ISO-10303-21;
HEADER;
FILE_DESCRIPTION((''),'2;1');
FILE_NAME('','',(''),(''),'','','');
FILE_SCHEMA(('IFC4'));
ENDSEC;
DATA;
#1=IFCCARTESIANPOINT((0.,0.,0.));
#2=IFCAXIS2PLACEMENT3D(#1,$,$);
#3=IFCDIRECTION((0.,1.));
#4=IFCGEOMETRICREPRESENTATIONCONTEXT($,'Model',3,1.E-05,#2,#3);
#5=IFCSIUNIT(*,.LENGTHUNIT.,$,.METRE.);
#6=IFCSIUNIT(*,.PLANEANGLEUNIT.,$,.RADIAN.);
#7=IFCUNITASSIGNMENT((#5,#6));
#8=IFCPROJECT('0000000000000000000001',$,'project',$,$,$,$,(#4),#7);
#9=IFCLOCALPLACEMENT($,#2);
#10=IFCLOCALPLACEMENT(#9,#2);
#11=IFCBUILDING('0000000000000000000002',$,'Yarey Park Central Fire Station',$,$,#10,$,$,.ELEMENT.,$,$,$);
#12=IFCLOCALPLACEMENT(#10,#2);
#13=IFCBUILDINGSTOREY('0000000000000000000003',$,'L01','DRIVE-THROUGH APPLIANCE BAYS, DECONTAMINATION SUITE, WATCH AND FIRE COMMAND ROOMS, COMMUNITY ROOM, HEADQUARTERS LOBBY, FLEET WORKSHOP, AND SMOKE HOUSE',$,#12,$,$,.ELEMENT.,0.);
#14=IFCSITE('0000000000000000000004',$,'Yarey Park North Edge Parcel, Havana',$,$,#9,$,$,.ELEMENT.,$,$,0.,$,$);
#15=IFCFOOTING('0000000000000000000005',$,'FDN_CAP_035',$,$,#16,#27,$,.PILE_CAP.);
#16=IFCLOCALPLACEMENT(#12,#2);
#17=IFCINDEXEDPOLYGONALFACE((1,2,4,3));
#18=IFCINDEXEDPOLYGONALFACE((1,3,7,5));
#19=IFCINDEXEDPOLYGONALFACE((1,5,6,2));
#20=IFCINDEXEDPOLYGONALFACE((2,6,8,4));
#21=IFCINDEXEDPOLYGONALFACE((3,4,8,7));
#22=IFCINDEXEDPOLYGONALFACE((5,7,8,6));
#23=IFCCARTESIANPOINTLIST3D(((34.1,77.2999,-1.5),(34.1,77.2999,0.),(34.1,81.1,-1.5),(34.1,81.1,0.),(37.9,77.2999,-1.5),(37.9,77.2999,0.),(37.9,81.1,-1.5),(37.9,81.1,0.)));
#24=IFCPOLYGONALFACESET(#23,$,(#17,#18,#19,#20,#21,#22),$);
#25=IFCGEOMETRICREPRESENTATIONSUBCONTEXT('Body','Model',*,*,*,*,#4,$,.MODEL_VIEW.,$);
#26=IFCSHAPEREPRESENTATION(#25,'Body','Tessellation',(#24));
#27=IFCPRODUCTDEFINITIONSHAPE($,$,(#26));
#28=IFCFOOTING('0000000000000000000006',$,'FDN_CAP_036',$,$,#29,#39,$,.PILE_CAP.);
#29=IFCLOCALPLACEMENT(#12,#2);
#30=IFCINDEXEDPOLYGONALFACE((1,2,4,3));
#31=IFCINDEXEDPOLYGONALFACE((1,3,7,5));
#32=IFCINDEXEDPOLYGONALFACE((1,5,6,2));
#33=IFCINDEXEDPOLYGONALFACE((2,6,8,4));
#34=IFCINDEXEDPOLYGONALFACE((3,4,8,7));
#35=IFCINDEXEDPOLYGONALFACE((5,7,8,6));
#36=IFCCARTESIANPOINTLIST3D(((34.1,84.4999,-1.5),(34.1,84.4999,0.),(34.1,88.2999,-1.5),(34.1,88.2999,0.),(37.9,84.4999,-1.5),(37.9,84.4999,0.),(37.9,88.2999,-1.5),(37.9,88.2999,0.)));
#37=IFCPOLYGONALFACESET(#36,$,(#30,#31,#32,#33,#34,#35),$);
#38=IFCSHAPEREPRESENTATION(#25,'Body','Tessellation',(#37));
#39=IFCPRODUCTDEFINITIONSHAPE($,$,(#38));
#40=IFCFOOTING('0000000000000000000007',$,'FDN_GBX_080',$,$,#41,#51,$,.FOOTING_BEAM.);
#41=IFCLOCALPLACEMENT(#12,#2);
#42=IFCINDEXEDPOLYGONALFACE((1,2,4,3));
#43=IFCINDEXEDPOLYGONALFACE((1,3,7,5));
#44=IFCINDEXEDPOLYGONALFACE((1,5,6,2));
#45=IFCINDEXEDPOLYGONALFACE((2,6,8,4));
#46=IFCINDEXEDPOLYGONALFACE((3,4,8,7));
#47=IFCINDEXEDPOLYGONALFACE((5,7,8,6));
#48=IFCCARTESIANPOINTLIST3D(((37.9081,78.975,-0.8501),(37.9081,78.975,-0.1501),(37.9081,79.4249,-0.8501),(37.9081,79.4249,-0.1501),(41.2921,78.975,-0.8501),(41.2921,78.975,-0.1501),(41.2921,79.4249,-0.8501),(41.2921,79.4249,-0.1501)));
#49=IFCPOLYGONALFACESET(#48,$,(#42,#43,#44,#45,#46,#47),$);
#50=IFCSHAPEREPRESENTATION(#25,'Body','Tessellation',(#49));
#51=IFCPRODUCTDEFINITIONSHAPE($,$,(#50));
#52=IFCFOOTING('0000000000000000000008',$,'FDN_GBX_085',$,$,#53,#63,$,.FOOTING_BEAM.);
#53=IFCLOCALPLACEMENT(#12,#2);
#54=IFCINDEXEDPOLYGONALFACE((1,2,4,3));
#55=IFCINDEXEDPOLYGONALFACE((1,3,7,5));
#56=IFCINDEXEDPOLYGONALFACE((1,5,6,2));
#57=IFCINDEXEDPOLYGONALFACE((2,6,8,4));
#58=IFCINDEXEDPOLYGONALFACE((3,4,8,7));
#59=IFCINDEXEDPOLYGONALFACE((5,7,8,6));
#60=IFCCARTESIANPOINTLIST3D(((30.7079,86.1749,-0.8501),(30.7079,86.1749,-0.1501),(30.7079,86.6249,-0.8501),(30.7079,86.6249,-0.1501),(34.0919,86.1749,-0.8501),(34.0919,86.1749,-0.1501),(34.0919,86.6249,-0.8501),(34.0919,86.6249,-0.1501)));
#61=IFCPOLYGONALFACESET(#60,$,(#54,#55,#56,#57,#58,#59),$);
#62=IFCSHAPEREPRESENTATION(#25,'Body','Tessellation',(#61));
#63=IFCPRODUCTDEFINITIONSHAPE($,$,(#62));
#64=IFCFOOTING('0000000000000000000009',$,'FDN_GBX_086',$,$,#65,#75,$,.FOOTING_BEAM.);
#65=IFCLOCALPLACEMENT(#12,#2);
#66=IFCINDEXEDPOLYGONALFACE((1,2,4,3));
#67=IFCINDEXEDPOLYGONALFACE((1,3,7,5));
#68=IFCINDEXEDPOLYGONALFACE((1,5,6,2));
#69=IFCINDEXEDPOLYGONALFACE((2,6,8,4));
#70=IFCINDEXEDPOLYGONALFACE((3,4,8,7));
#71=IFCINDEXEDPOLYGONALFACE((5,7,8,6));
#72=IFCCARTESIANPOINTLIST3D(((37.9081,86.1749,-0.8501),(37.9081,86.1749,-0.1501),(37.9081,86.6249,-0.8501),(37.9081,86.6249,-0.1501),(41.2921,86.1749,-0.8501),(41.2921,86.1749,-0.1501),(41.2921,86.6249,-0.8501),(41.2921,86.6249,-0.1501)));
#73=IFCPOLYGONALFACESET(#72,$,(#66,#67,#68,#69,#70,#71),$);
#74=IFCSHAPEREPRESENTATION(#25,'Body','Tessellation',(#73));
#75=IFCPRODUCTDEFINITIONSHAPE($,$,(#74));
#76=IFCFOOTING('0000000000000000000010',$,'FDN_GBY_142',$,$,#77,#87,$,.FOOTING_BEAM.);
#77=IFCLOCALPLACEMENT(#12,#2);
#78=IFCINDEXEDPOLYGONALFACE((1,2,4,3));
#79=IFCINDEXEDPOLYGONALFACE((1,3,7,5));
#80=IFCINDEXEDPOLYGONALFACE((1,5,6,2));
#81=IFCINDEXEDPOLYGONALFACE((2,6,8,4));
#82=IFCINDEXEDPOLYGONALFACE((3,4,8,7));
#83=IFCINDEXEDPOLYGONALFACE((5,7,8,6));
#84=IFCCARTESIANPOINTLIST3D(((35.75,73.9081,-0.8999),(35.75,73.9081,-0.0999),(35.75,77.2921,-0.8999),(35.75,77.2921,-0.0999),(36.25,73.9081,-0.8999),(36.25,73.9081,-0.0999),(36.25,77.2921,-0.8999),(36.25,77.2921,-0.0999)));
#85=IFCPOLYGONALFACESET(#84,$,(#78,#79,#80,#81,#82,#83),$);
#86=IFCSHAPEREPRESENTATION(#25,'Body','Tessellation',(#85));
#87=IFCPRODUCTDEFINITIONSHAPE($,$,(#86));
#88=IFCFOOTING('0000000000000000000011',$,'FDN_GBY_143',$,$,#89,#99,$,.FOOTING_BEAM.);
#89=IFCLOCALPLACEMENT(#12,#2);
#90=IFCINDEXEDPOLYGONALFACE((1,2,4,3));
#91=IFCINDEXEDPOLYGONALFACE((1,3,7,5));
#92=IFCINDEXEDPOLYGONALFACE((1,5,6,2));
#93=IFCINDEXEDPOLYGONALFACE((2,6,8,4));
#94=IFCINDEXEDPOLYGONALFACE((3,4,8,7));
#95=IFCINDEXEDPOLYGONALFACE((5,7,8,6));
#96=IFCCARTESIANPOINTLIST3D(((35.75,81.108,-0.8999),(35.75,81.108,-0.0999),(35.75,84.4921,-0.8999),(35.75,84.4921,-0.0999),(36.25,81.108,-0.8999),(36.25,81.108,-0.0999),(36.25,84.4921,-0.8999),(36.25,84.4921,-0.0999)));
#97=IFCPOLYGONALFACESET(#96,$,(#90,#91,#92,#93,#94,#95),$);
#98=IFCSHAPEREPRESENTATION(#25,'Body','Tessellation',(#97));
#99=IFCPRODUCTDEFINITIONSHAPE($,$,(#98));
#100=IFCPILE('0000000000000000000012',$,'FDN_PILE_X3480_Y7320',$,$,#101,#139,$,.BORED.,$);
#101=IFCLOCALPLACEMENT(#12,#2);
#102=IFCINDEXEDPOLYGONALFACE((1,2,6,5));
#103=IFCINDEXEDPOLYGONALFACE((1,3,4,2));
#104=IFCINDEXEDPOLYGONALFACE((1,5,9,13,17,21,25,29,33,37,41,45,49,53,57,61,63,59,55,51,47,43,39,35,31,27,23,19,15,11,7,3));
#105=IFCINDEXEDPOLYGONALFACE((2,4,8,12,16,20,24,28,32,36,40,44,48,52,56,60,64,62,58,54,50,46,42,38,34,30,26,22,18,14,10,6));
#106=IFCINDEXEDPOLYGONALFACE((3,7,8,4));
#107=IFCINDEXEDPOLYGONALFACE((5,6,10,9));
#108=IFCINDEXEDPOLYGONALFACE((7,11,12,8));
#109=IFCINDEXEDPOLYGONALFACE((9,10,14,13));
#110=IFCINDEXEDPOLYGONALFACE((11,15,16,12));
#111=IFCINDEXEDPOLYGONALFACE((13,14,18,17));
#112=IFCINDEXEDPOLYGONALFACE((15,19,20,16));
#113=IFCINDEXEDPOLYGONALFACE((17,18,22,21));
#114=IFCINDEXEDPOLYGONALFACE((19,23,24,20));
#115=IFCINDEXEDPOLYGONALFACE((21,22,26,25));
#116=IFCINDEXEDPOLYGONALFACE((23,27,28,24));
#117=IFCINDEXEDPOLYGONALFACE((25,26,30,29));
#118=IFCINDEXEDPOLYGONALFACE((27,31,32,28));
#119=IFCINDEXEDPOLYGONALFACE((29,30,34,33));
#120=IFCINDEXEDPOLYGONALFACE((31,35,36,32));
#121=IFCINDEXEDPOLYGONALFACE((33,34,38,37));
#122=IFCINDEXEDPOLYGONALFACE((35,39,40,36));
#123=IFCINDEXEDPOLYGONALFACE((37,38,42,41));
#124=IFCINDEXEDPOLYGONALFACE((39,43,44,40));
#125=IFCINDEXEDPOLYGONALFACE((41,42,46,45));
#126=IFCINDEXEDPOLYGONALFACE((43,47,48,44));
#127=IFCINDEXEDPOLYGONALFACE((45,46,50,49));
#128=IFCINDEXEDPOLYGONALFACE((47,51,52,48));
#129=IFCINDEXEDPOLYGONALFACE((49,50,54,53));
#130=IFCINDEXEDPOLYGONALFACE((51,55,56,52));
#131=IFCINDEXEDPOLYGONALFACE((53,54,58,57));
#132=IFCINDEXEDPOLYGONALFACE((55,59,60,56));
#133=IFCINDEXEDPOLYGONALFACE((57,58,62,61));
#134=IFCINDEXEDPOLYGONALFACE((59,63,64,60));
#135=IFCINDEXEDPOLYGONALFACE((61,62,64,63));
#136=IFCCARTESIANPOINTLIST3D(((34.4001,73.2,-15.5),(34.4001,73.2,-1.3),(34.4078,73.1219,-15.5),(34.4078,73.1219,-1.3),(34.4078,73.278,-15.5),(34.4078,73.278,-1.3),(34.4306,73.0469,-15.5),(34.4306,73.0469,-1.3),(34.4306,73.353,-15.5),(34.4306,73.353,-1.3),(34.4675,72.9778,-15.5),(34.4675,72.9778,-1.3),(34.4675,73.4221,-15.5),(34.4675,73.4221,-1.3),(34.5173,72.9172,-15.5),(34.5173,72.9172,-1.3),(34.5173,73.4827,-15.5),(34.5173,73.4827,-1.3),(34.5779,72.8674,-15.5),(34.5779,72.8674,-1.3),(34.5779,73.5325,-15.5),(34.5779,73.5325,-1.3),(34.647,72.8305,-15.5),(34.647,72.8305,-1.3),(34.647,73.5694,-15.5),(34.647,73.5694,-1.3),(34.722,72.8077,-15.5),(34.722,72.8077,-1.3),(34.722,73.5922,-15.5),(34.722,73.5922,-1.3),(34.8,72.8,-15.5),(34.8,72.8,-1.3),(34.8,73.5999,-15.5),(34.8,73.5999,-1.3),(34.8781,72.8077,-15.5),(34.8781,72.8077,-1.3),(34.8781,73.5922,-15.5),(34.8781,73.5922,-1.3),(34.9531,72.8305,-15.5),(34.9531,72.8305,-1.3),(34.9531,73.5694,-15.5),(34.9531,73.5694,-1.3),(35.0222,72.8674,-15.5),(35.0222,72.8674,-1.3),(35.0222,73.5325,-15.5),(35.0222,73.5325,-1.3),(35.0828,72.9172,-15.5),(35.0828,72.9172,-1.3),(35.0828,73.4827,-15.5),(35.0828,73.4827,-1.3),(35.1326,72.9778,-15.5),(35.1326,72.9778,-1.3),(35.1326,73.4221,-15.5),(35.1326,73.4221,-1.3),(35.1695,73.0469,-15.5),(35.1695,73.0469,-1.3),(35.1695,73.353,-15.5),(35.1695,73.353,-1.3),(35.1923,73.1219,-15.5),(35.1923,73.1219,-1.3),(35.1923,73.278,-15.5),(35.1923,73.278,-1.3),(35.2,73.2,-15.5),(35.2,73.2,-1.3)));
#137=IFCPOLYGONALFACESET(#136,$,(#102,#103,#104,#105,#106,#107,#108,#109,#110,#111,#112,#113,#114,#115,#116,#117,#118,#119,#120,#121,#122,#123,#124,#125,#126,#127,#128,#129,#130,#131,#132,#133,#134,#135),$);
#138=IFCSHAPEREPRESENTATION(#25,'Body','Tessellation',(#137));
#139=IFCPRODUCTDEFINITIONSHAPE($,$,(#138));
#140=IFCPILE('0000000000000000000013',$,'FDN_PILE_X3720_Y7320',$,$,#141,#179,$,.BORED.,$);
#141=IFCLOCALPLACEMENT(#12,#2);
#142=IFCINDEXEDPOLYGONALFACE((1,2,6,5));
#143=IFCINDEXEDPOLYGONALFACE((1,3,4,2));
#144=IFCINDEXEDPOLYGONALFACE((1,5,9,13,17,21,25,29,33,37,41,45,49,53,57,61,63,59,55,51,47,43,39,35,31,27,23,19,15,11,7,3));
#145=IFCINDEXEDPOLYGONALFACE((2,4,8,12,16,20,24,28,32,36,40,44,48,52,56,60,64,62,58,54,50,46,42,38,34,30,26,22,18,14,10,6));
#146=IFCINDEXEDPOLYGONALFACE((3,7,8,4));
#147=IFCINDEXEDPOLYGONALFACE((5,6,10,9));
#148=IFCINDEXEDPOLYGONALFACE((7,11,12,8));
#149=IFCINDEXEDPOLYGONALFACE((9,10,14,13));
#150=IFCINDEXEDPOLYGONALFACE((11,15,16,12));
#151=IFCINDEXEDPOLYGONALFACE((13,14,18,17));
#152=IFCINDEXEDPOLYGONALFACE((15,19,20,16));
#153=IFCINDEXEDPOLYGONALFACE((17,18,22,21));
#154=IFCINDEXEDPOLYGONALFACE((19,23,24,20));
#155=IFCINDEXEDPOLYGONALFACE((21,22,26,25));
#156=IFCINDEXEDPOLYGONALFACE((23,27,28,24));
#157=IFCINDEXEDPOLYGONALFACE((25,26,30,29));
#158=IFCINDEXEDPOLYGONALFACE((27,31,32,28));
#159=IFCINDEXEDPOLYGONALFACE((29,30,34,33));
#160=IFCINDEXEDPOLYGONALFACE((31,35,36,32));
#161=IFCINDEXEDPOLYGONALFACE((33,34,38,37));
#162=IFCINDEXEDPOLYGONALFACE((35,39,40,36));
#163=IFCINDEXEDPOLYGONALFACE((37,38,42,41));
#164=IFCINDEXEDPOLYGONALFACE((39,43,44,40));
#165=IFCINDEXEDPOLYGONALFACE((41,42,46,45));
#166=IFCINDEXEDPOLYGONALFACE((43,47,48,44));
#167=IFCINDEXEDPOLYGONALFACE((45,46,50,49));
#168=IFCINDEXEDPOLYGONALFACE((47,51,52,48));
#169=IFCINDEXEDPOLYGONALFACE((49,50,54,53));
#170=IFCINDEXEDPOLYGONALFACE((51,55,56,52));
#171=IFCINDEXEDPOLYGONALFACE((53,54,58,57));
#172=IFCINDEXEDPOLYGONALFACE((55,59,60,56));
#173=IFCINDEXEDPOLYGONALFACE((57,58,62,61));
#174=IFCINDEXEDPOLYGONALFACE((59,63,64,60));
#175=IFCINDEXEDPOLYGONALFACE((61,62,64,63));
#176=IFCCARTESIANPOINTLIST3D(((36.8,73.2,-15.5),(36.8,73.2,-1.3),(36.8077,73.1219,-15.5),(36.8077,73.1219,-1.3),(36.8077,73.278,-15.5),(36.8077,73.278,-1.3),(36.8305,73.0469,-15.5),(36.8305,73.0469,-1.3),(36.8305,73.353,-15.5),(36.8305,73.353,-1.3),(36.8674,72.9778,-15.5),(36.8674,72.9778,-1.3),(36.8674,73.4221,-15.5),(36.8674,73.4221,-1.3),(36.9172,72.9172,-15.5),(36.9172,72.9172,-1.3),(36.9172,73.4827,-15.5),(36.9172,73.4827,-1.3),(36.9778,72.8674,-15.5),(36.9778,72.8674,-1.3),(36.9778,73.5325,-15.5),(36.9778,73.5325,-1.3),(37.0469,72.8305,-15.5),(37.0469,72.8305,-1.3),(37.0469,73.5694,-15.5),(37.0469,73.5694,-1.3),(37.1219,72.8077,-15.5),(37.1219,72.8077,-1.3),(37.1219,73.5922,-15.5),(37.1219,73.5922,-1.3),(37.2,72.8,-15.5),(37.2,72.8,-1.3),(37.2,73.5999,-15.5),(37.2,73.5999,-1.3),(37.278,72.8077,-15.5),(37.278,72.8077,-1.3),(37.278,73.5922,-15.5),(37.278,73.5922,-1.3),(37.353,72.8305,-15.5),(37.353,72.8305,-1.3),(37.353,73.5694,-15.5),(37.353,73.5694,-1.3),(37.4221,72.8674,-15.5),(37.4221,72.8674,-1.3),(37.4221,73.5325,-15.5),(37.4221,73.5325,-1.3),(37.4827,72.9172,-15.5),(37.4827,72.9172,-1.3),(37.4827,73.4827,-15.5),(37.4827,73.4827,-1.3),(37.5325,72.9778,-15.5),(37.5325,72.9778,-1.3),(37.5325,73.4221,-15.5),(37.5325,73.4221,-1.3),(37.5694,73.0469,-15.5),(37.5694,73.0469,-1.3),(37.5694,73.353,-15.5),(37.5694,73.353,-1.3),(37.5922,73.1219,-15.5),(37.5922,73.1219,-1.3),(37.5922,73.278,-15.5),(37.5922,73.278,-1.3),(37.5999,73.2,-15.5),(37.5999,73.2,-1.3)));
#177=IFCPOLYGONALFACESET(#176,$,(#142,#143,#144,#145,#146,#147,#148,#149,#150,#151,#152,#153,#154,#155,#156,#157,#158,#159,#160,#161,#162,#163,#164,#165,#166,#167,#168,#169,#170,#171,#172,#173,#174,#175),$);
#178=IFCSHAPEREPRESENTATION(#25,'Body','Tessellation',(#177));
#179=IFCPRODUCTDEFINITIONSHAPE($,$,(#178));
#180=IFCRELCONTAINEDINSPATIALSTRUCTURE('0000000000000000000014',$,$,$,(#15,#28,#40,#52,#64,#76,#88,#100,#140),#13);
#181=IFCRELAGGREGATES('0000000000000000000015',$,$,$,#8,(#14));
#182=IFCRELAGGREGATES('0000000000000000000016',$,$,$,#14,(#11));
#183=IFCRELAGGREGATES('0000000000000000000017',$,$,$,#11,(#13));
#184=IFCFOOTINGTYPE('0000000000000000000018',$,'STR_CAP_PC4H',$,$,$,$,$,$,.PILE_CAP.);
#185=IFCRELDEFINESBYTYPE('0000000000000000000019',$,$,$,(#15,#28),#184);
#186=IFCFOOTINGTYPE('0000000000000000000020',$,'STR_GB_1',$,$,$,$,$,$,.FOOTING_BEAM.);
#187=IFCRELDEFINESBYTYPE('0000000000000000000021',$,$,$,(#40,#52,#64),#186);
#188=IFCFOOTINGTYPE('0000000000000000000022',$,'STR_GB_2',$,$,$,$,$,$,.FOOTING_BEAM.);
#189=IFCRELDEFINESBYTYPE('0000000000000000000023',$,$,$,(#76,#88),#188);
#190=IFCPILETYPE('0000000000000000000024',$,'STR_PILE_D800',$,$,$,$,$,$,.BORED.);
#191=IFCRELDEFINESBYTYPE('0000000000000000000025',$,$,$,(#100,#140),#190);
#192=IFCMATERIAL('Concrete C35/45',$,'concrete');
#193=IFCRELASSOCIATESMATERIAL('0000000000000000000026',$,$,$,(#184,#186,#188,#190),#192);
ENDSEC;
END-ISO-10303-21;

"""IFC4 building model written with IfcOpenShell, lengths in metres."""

from ifc_helpers import new_model, si_unit, direction, frame, origin, origin_2d, place, context, subcontext, project, spatial, rectangle, circle, extrude, material, material_profile, profile_set, type_object, element, save


model = new_model("IFC4")

# Units and contexts
model_context = context("Model", 3, precision=1e-05, world=origin(), true_north=direction((0.0, 1.0)))
body_context = subcontext(model_context, "Body", "Model", "MODEL_VIEW")
ifc_project = project(units=[si_unit("LENGTHUNIT", "METRE"), si_unit("PLANEANGLEUNIT", "RADIAN")], contexts=[model_context])

# Site, building, storey
site_placement = place(None, origin())
site = spatial("IfcSite", under=ifc_project, at=site_placement, Name="Yarey Park North Edge Parcel, Havana", CompositionType="ELEMENT", RefElevation=0.0)
building_placement = place(site_placement, origin())
building = spatial("IfcBuilding", under=site, at=building_placement, Name="Yarey Park Central Fire Station", CompositionType="ELEMENT")
storey_placement = place(building_placement, origin())
storey = spatial("IfcBuildingStorey", under=building, at=storey_placement, Name="L01", Description="DRIVE-THROUGH APPLIANCE BAYS, DECONTAMINATION SUITE, WATCH AND FIRE COMMAND ROOMS, COMMUNITY ROOM, HEADQUARTERS LOBBY, FLEET WORKSHOP, AND SMOKE HOUSE", CompositionType="ELEMENT", Elevation=0.0)

# Footings
ifc_material_1 = material(Name="Concrete C35/45", Category="concrete")
footing_type_1 = type_object("IfcFootingType", Name="STR_CAP_PC4H", PredefinedType="PILE_CAP", material=ifc_material_1)
for number, where, z_axis, x_axis, name in (
    (1, (36.0, 79.2, -1.5), (0.0, 0.0, 1.0), (1.0, 0.0, 0.0), "FDN_CAP_035"),
    (2, (36.0, 86.3999, -1.5), (0.0, 0.0, 1.0), (1.0, 0.0, 0.0), "FDN_CAP_036"),
):
    element("IfcFooting", number, at=place(storey_placement, frame(where, z_axis=z_axis, x_axis=x_axis)), inside=storey, type_object=footing_type_1, Name=name, PredefinedType="PILE_CAP", context=body_context, shape_type="SweptSolid", body=[
        extrude(rectangle(XDim=3.8, YDim=3.8, at=origin_2d()), origin(), (0.0, 0.0, 1.0), 1.5),
    ])
footing_type_2 = type_object("IfcFootingType", Name="STR_GB_1", PredefinedType="FOOTING_BEAM", material=ifc_material_1)
for number, where, z_axis, x_axis, name in (
    (3, (39.6001, 79.2, -0.8501), (0.0, 0.0, 1.0), (1.0, 0.0, 0.0), "FDN_GBX_080"),
    (4, (32.3999, 86.3999, -0.8501), (0.0, 0.0, 1.0), (1.0, 0.0, 0.0), "FDN_GBX_085"),
    (5, (39.6001, 86.3999, -0.8501), (0.0, 0.0, 1.0), (1.0, 0.0, 0.0), "FDN_GBX_086"),
):
    element("IfcFooting", number, at=place(storey_placement, frame(where, z_axis=z_axis, x_axis=x_axis)), inside=storey, type_object=footing_type_2, Name=name, PredefinedType="FOOTING_BEAM", context=body_context, shape_type="SweptSolid", body=[
        extrude(rectangle(XDim=3.384, YDim=0.45, at=origin_2d()), origin(), (0.0, 0.0, 1.0), 0.7),
    ])
footing_type_3 = type_object("IfcFootingType", Name="STR_GB_2", PredefinedType="FOOTING_BEAM", material=ifc_material_1)
for number, where, z_axis, x_axis, name in (
    (6, (36.0, 75.6001, -0.8999), (0.0, 0.0, 1.0), (1.0, 0.0, 0.0), "FDN_GBY_142"),
    (7, (36.0, 82.8, -0.8999), (0.0, 0.0, 1.0), (1.0, 0.0, 0.0), "FDN_GBY_143"),
):
    element("IfcFooting", number, at=place(storey_placement, frame(where, z_axis=z_axis, x_axis=x_axis)), inside=storey, type_object=footing_type_3, Name=name, PredefinedType="FOOTING_BEAM", context=body_context, shape_type="SweptSolid", body=[
        extrude(rectangle(XDim=0.5, YDim=3.384, at=origin_2d()), origin(), (0.0, 0.0, 1.0), 0.8),
    ])

# Piles
ifc_material_profile_1 = material_profile(ifc_material_1, circle(Radius=0.3999, at=origin_2d()), Name="BORED PILE D800")
ifc_profile_set_1 = profile_set([ifc_material_profile_1], Name="Concrete C35/45")
pile_type = type_object("IfcPileType", Name="STR_PILE_D800", PredefinedType="BORED", material=ifc_profile_set_1)
for number, where, z_axis, x_axis, name in (
    (8, (34.8, 73.2, -1.3), (0.0, 0.0, -1.0), (1.0, 0.0, 0.0), "FDN_PILE_X3480_Y7320"),
    (9, (37.2, 73.2, -1.3), (0.0, 0.0, -1.0), (1.0, 0.0, 0.0), "FDN_PILE_X3720_Y7320"),
):
    element("IfcPile", number, at=place(storey_placement, frame(where, z_axis=z_axis, x_axis=x_axis)), inside=storey, type_object=pile_type, Name=name, PredefinedType="BORED", context=body_context, shape_type="SweptSolid", body=[
        extrude(circle(Radius=0.3999, at=origin_2d()), origin(), (0.0, 0.0, 1.0), 14.2),
    ])

save(model, "model.ifc")
